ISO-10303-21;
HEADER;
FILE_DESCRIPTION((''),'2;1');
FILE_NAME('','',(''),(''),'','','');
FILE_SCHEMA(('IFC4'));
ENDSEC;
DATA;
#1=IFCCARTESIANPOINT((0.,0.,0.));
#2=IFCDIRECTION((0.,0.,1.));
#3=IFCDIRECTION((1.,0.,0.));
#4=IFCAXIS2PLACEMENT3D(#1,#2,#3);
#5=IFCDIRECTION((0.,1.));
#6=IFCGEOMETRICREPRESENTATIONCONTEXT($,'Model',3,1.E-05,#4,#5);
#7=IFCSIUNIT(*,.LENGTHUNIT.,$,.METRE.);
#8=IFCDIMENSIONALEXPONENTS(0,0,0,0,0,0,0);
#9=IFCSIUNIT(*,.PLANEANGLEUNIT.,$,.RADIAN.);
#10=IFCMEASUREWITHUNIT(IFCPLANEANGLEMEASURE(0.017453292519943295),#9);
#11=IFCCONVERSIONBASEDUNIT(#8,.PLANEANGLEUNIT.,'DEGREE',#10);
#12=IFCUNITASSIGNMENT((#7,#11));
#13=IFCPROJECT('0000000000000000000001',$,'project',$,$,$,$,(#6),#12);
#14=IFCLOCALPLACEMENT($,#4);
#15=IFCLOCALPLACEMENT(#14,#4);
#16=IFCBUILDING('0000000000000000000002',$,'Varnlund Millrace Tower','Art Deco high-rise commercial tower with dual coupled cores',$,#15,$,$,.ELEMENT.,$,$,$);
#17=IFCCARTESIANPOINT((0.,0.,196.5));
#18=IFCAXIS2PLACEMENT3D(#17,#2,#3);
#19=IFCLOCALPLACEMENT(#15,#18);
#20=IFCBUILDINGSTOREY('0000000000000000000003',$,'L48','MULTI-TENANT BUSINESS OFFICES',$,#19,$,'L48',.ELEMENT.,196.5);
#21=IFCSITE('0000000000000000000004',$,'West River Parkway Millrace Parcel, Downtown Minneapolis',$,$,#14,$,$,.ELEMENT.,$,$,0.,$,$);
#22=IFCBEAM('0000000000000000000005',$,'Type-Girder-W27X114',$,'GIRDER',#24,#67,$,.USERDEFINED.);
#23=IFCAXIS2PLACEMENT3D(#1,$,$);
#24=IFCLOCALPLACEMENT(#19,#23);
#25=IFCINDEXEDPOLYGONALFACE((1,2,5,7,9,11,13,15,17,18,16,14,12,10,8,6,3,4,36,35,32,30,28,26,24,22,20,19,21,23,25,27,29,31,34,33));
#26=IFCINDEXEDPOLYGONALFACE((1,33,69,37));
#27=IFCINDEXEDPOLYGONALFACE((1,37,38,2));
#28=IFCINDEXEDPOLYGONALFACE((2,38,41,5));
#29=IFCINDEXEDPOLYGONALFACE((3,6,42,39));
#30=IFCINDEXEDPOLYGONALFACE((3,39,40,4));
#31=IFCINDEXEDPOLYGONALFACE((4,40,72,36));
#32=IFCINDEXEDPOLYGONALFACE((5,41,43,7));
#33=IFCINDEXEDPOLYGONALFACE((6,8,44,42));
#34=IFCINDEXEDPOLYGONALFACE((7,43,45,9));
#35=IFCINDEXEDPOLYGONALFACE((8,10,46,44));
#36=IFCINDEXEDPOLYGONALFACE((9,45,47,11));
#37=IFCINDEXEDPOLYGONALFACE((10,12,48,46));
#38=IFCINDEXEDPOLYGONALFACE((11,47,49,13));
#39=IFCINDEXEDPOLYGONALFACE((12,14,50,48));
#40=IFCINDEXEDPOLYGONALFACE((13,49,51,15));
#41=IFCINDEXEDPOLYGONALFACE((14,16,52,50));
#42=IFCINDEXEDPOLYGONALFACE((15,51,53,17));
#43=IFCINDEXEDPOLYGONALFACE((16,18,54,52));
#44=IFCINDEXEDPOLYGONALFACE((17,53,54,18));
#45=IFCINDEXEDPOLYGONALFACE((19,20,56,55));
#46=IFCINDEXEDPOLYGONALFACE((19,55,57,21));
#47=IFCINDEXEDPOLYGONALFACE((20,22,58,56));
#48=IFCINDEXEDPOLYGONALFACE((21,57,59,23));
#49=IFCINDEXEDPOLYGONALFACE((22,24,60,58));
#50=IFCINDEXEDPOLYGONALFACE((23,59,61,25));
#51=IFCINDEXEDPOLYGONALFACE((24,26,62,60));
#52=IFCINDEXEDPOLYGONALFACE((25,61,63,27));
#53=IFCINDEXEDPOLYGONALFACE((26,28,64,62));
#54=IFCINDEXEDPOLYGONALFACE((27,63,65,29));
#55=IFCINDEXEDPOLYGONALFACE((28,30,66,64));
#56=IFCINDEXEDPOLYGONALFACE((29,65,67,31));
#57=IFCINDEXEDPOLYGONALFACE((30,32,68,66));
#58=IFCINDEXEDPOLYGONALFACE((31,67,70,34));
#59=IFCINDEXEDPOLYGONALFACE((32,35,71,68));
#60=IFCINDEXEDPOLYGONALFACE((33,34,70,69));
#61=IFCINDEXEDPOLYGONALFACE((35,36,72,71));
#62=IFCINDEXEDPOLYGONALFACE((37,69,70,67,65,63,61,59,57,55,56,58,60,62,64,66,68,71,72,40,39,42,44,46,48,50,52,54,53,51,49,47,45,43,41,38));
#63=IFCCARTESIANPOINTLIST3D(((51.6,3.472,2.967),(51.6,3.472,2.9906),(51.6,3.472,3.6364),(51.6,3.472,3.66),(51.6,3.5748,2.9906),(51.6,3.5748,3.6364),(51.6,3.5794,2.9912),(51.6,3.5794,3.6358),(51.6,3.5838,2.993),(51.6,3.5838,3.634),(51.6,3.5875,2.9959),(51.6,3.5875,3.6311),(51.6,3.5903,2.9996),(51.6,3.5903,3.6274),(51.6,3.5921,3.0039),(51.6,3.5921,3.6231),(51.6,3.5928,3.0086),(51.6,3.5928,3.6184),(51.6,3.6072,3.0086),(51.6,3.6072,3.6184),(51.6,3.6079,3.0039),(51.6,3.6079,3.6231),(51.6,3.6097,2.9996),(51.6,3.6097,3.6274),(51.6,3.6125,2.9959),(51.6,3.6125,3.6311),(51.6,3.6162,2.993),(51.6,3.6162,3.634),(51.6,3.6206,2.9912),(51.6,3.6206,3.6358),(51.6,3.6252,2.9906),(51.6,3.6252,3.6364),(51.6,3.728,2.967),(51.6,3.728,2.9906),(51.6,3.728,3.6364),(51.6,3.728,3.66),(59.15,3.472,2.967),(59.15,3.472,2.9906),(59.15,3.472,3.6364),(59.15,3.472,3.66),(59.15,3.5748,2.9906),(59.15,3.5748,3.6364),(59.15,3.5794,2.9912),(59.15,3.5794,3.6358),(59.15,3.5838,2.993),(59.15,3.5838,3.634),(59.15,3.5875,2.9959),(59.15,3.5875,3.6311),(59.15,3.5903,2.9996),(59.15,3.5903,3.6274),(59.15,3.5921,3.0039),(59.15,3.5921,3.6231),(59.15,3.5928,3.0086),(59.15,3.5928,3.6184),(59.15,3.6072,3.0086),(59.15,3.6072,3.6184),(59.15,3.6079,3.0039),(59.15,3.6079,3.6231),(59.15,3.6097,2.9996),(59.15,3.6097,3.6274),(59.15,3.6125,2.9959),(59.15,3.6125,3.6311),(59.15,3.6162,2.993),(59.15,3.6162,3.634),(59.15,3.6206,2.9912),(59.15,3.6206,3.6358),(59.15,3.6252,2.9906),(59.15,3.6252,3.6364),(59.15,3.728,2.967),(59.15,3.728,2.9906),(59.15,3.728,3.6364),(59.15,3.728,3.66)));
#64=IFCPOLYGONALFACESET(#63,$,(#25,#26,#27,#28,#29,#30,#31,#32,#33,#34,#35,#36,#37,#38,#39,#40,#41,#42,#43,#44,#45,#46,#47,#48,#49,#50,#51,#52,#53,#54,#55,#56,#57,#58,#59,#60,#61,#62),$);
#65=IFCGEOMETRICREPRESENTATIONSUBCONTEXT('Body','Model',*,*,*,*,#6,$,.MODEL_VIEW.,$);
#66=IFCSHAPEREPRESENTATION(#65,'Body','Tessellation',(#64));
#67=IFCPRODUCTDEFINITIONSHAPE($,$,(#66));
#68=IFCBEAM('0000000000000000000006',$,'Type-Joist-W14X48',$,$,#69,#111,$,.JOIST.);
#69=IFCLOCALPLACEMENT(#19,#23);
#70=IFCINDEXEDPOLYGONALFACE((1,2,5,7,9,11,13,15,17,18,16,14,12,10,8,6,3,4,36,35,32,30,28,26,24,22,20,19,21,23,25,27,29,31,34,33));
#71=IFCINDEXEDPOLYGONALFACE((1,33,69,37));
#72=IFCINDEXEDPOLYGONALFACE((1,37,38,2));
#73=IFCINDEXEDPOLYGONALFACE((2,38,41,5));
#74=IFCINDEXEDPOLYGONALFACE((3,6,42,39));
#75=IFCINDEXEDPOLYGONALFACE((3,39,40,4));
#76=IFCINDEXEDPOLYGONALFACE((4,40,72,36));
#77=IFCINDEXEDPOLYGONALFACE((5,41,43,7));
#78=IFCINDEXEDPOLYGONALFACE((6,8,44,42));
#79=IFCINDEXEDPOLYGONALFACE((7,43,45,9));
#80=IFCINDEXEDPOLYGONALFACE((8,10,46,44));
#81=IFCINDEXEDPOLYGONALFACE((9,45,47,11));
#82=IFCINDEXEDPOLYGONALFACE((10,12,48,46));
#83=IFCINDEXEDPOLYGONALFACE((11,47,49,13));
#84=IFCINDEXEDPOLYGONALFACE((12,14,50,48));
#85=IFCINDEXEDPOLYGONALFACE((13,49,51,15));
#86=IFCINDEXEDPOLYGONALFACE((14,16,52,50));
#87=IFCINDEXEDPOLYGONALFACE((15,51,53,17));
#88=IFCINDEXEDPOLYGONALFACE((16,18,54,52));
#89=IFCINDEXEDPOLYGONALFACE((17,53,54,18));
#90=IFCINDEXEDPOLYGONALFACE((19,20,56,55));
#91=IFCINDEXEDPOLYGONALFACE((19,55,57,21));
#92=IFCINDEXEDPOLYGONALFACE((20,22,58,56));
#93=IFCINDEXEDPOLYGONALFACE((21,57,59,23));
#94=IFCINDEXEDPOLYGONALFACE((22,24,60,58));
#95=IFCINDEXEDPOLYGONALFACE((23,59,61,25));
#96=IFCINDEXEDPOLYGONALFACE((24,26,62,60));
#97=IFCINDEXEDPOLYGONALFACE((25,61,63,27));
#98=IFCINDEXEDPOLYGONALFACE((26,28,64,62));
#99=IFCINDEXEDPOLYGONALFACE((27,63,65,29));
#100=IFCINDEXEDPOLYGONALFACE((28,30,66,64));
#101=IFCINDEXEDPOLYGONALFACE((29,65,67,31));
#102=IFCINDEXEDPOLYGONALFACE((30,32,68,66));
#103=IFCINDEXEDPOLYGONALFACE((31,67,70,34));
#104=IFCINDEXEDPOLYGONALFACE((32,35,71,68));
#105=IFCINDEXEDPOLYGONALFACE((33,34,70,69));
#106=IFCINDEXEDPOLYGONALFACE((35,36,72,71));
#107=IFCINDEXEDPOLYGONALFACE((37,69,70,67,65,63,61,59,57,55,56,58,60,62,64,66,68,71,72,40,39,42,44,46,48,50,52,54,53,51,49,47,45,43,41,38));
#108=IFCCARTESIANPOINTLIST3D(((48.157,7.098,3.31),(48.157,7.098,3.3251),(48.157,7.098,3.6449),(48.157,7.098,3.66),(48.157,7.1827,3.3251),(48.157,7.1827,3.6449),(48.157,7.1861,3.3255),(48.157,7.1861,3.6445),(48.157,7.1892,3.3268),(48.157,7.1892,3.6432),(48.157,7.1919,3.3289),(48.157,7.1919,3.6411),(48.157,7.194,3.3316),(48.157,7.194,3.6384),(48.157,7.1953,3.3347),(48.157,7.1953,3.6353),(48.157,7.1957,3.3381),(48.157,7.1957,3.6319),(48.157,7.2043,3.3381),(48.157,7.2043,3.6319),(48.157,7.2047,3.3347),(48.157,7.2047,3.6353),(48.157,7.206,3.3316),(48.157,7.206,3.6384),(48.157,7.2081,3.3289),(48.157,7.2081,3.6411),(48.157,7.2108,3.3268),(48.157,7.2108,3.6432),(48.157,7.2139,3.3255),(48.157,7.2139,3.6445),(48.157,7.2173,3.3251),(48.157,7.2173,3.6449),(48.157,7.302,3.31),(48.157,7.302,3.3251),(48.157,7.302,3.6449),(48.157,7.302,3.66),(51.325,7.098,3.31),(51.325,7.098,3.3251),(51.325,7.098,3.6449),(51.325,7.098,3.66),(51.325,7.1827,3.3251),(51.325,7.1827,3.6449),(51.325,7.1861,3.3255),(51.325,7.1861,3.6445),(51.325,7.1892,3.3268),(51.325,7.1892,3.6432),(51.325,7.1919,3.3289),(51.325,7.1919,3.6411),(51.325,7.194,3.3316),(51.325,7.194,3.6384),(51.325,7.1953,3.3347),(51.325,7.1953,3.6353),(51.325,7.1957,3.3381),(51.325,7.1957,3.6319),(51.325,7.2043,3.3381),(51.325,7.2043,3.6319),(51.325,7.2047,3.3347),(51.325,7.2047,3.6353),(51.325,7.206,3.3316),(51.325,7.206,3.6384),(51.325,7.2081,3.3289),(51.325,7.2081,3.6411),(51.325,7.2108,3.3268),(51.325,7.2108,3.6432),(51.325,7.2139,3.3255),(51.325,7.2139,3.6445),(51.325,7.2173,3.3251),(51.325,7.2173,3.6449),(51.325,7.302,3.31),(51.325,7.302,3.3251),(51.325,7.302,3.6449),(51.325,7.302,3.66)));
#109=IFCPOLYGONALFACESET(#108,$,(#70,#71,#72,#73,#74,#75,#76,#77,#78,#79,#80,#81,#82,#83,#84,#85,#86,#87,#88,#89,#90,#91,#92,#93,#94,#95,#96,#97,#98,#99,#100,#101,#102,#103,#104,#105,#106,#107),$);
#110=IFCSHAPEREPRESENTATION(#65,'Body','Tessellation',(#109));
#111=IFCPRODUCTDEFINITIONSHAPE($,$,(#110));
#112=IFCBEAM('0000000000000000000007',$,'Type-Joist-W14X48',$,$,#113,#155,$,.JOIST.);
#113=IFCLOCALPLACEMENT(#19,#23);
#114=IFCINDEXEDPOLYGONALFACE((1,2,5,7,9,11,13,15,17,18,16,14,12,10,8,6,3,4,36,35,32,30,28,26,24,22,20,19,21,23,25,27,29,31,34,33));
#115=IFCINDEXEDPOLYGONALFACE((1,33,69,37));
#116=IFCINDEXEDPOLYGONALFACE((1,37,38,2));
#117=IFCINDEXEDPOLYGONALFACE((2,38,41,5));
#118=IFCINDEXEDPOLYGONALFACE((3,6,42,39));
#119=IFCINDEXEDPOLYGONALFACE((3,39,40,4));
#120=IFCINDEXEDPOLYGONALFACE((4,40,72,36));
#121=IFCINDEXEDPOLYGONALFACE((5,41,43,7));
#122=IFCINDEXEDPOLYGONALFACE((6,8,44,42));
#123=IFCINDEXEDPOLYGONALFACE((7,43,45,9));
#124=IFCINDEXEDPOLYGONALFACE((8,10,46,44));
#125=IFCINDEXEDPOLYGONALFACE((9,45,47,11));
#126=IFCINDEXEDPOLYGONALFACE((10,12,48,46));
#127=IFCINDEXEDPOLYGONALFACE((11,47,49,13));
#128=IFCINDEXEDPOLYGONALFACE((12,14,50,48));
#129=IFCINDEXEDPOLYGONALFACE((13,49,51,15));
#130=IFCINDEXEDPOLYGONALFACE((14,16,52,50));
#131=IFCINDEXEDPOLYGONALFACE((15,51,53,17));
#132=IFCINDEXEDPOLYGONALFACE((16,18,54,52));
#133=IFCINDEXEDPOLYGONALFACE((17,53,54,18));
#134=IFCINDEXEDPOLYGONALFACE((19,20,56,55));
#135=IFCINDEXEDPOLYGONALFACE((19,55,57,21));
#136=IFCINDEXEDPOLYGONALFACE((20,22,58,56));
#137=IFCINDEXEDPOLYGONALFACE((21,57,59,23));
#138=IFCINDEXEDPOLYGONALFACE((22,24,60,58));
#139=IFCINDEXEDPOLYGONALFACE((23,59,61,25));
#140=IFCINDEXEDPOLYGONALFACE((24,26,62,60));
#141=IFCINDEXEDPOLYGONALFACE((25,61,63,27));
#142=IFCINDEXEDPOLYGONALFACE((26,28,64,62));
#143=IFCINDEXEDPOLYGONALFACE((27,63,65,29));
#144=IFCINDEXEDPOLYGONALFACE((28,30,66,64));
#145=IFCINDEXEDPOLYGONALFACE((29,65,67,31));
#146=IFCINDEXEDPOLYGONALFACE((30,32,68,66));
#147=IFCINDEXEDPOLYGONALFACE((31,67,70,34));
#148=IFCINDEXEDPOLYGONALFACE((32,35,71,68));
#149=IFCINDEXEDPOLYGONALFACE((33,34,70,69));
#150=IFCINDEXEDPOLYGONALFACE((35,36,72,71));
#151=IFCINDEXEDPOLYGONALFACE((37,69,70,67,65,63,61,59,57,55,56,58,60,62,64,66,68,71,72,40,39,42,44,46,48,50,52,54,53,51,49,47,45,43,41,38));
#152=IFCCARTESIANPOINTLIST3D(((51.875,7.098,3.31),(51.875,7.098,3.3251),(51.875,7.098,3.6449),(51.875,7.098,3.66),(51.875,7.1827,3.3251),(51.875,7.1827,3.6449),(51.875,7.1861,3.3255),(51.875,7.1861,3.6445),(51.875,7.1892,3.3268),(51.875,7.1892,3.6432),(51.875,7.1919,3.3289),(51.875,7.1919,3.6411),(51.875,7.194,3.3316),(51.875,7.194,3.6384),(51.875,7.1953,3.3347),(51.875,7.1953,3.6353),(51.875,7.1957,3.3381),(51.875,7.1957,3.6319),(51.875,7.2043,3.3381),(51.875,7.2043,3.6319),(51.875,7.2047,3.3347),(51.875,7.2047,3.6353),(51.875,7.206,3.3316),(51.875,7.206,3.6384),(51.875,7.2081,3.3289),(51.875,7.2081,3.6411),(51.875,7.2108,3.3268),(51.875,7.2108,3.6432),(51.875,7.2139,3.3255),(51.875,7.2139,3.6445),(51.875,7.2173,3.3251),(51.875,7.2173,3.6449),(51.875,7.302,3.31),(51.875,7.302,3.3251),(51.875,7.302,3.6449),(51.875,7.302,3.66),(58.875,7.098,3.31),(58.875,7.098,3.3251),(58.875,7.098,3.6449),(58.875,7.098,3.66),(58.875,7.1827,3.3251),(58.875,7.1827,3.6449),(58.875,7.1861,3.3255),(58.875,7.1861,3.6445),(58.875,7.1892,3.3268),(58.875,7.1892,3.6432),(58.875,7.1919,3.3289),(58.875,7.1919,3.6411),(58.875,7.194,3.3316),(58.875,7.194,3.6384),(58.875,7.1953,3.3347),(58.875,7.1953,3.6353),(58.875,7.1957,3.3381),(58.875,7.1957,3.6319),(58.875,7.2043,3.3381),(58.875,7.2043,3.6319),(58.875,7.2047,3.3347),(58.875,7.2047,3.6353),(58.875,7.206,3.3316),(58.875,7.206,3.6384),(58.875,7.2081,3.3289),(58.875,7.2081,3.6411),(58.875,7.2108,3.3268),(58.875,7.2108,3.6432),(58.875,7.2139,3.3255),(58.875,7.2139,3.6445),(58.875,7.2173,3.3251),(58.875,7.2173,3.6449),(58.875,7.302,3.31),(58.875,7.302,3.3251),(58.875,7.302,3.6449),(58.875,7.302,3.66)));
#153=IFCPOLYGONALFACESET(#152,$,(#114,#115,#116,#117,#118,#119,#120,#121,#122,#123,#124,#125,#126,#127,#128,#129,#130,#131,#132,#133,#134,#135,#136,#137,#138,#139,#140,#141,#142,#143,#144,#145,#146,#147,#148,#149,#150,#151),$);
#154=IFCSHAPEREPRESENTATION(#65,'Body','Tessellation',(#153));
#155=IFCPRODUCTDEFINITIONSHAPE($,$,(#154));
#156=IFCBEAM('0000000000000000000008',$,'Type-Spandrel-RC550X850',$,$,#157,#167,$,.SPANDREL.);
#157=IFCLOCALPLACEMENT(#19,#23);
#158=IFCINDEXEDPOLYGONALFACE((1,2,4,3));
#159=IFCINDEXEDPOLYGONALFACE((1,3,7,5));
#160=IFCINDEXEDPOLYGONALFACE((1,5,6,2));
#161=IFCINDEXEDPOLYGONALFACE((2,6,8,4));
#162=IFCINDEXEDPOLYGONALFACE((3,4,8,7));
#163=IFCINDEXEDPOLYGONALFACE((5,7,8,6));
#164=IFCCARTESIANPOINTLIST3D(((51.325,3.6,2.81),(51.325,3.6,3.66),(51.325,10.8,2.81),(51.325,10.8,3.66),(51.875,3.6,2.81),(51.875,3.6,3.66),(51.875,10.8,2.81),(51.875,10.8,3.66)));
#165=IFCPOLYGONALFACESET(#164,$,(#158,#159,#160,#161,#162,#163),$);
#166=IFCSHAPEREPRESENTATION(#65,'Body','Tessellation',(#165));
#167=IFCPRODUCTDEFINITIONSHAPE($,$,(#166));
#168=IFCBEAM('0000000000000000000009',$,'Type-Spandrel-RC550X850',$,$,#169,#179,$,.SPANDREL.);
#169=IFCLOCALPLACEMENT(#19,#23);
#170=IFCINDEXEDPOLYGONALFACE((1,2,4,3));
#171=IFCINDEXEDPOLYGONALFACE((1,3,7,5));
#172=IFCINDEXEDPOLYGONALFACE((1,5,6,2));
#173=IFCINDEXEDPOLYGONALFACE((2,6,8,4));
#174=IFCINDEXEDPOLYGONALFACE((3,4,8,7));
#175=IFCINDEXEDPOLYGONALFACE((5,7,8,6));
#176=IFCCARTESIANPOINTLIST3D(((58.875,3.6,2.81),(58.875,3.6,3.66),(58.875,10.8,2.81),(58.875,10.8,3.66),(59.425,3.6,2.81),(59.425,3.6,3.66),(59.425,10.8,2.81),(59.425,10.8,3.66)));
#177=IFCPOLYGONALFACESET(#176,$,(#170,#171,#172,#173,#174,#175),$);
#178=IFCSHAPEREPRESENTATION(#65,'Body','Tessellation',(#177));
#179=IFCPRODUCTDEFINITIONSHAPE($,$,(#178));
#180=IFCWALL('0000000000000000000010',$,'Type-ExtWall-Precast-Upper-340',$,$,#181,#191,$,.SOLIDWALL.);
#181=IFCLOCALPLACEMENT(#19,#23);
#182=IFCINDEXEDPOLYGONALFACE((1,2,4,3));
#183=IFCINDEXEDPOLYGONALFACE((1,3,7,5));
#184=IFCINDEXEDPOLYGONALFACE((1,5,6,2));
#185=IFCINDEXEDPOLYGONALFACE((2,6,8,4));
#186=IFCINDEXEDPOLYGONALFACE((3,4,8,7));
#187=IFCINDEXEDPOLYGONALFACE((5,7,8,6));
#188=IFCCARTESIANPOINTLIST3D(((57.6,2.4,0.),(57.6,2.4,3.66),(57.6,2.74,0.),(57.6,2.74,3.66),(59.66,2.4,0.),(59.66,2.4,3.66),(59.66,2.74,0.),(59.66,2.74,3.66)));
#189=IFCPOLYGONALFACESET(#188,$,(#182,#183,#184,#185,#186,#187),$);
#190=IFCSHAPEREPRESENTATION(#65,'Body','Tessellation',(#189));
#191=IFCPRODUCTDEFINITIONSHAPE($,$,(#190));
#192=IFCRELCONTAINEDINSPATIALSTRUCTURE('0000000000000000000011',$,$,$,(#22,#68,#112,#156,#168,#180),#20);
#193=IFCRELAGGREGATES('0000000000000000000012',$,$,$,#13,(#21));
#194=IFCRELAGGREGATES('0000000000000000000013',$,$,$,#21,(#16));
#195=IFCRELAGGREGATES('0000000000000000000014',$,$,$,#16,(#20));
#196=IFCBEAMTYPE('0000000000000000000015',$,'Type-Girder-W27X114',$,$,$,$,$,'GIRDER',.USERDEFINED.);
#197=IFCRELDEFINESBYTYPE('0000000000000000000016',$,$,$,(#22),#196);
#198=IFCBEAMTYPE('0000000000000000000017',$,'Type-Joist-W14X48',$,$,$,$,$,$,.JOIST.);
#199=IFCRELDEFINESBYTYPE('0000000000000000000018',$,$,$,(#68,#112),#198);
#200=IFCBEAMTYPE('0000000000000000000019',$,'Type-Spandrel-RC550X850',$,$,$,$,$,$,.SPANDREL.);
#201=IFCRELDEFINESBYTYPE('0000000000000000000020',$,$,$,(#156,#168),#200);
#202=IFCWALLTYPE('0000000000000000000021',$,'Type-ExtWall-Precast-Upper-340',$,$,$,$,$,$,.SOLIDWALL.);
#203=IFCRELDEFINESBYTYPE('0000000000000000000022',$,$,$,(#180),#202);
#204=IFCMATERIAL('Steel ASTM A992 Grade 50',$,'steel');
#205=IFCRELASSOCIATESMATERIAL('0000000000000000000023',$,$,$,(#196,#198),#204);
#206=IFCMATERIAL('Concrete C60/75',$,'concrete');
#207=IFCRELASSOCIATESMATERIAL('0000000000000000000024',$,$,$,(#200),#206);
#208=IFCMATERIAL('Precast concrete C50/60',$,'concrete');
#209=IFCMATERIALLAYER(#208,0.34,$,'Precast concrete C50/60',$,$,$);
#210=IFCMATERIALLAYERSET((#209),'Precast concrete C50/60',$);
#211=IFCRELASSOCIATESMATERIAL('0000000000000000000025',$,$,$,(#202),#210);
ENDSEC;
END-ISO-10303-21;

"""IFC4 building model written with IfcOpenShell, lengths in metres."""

from ifc_helpers import new_model, entity, si_unit, converted_unit, direction, frame, origin_with_axes, origin_2d_with_axis, place, context, subcontext, project, spatial, polyline, rectangle, i_section, outline, extrude, material, layer, layer_set, material_profile, profile_set, type_object, element, save


model = new_model("IFC4")

# Units and contexts
model_context = context("Model", 3, precision=1e-05, world=origin_with_axes(), true_north=direction((0.0, 1.0)))
body_context = subcontext(model_context, "Body", "Model", "MODEL_VIEW")
ifc_project = project(units=[si_unit("LENGTHUNIT", "METRE"), converted_unit("PLANEANGLEUNIT", "DEGREE", entity("IfcPlaneAngleMeasure", 0.017453292519943295), si_unit("PLANEANGLEUNIT", "RADIAN"), dimensions=[0, 0, 0, 0, 0, 0, 0])], contexts=[model_context])

# Site, building, storey
site_placement = place(None, origin_with_axes())
site = spatial("IfcSite", under=ifc_project, at=site_placement, Name="West River Parkway Millrace Parcel, Downtown Minneapolis", CompositionType="ELEMENT", RefElevation=0.0)
building_placement = place(site_placement, origin_with_axes())
building = spatial("IfcBuilding", under=site, at=building_placement, Name="Varnlund Millrace Tower", Description="Art Deco high-rise commercial tower with dual coupled cores", CompositionType="ELEMENT")
storey_placement = place(building_placement, frame((0.0, 0.0, 196.5), z_axis=(0.0, 0.0, 1.0), x_axis=(1.0, 0.0, 0.0)))
storey = spatial("IfcBuildingStorey", under=building, at=storey_placement, Name="L48", Description="MULTI-TENANT BUSINESS OFFICES", LongName="L48", CompositionType="ELEMENT", Elevation=196.5)

# Beams
ifc_material_1 = material(Name="Steel ASTM A992 Grade 50", Category="steel")
ifc_material_profile_1 = material_profile(ifc_material_1, i_section(OverallWidth=0.256, OverallDepth=0.693, WebThickness=0.0145, FlangeThickness=0.0236, FilletRadius=0.018, at=origin_2d_with_axis()), Name="Steel ASTM A992 Grade 50")
ifc_profile_set_1 = profile_set([ifc_material_profile_1], Name="Steel ASTM A992 Grade 50")
beam_type_1 = type_object("IfcBeamType", Name="Type-Girder-W27X114", ElementType="GIRDER", PredefinedType="USERDEFINED", material=ifc_profile_set_1)
beam_1_placement = place(storey_placement, frame((51.6, 3.6, 3.3135), z_axis=(1.0, 0.0, 0.0), x_axis=(0.0, 1.0, 0.0)))
element("IfcBeam", 1, at=beam_1_placement, inside=storey, type_object=beam_type_1, Name="Type-Girder-W27X114", ObjectType="GIRDER", PredefinedType="USERDEFINED", context=body_context, shape_type="SweptSolid", body=[
    extrude(i_section(OverallWidth=0.256, OverallDepth=0.693, WebThickness=0.0145, FlangeThickness=0.0236, FilletRadius=0.018, at=origin_2d_with_axis()), origin_with_axes(), (0.0, 0.0, 1.0), 7.55),
])
ifc_material_profile_2 = material_profile(ifc_material_1, i_section(OverallWidth=0.204, OverallDepth=0.35, WebThickness=0.0086, FlangeThickness=0.0151, FilletRadius=0.013, at=origin_2d_with_axis()), Name="Steel ASTM A992 Grade 50")
ifc_profile_set_2 = profile_set([ifc_material_profile_2], Name="Steel ASTM A992 Grade 50")
beam_type_2 = type_object("IfcBeamType", Name="Type-Joist-W14X48", PredefinedType="JOIST", material=ifc_profile_set_2)
beam_2_placement = place(storey_placement, frame((48.157, 7.2, 3.485), z_axis=(1.0, 0.0, 0.0), x_axis=(0.0, 1.0, 0.0)))
element("IfcBeam", 2, at=beam_2_placement, inside=storey, type_object=beam_type_2, Name="Type-Joist-W14X48", PredefinedType="JOIST", context=body_context, shape_type="SweptSolid", body=[
    extrude(i_section(OverallWidth=0.204, OverallDepth=0.35, WebThickness=0.0086, FlangeThickness=0.0151, FilletRadius=0.013, at=origin_2d_with_axis()), origin_with_axes(), (0.0, 0.0, 1.0), 3.168),
])
beam_3_placement = place(storey_placement, frame((51.875, 7.2, 3.485), z_axis=(1.0, 0.0, 0.0), x_axis=(0.0, 1.0, 0.0)))
element("IfcBeam", 3, at=beam_3_placement, inside=storey, type_object=beam_type_2, Name="Type-Joist-W14X48", PredefinedType="JOIST", context=body_context, shape_type="SweptSolid", body=[
    extrude(i_section(OverallWidth=0.204, OverallDepth=0.35, WebThickness=0.0086, FlangeThickness=0.0151, FilletRadius=0.013, at=origin_2d_with_axis()), origin_with_axes(), (0.0, 0.0, 1.0), 7.0),
])
ifc_material_2 = material(Name="Concrete C60/75", Category="concrete")
ifc_material_profile_3 = material_profile(ifc_material_2, rectangle(XDim=0.55, YDim=0.85, at=origin_2d_with_axis()), Name="Concrete C60/75")
ifc_profile_set_3 = profile_set([ifc_material_profile_3], Name="Concrete C60/75")
beam_type_3 = type_object("IfcBeamType", Name="Type-Spandrel-RC550X850", PredefinedType="SPANDREL", material=ifc_profile_set_3)
for number, where, z_axis, x_axis, name in (
    (4, (51.6, 3.6, 3.235), (0.0, 1.0, 0.0), (-1.0, 0.0, 0.0), "Type-Spandrel-RC550X850"),
    (5, (59.15, 3.6, 3.235), (0.0, 1.0, 0.0), (-1.0, 0.0, 0.0), "Type-Spandrel-RC550X850"),
):
    element("IfcBeam", number, at=place(storey_placement, frame(where, z_axis=z_axis, x_axis=x_axis)), inside=storey, type_object=beam_type_3, Name=name, PredefinedType="SPANDREL", context=body_context, shape_type="SweptSolid", body=[
        extrude(rectangle(XDim=0.55, YDim=0.85, at=origin_2d_with_axis()), origin_with_axes(), (0.0, 0.0, 1.0), 7.2),
    ])

# Wall
ifc_material_3 = material(Name="Precast concrete C50/60", Category="concrete")
ifc_layer = layer(ifc_material_3, 0.34, Name="Precast concrete C50/60")
ifc_layer_set = layer_set([ifc_layer], Name="Precast concrete C50/60")
wall_type = type_object("IfcWallType", Name="Type-ExtWall-Precast-Upper-340", PredefinedType="SOLIDWALL", material=ifc_layer_set)
wall_1_placement = place(storey_placement, frame((59.66, 2.57, 0.0), z_axis=(0.0, 0.0, 1.0), x_axis=(-1.0, 0.0, 0.0)))
element("IfcWall", 6, at=wall_1_placement, inside=storey, type_object=wall_type, Name="Type-ExtWall-Precast-Upper-340", PredefinedType="SOLIDWALL", context=body_context, shape_type="SweptSolid", body=[
    extrude(outline(polyline([(0.0, -0.17), (2.06, -0.17), (2.06, 0.17), (0.0, 0.17), (0.0, -0.17)])), origin_with_axes(), (0.0, 0.0, 1.0), 3.66),
])

save(model, "model.ifc")
